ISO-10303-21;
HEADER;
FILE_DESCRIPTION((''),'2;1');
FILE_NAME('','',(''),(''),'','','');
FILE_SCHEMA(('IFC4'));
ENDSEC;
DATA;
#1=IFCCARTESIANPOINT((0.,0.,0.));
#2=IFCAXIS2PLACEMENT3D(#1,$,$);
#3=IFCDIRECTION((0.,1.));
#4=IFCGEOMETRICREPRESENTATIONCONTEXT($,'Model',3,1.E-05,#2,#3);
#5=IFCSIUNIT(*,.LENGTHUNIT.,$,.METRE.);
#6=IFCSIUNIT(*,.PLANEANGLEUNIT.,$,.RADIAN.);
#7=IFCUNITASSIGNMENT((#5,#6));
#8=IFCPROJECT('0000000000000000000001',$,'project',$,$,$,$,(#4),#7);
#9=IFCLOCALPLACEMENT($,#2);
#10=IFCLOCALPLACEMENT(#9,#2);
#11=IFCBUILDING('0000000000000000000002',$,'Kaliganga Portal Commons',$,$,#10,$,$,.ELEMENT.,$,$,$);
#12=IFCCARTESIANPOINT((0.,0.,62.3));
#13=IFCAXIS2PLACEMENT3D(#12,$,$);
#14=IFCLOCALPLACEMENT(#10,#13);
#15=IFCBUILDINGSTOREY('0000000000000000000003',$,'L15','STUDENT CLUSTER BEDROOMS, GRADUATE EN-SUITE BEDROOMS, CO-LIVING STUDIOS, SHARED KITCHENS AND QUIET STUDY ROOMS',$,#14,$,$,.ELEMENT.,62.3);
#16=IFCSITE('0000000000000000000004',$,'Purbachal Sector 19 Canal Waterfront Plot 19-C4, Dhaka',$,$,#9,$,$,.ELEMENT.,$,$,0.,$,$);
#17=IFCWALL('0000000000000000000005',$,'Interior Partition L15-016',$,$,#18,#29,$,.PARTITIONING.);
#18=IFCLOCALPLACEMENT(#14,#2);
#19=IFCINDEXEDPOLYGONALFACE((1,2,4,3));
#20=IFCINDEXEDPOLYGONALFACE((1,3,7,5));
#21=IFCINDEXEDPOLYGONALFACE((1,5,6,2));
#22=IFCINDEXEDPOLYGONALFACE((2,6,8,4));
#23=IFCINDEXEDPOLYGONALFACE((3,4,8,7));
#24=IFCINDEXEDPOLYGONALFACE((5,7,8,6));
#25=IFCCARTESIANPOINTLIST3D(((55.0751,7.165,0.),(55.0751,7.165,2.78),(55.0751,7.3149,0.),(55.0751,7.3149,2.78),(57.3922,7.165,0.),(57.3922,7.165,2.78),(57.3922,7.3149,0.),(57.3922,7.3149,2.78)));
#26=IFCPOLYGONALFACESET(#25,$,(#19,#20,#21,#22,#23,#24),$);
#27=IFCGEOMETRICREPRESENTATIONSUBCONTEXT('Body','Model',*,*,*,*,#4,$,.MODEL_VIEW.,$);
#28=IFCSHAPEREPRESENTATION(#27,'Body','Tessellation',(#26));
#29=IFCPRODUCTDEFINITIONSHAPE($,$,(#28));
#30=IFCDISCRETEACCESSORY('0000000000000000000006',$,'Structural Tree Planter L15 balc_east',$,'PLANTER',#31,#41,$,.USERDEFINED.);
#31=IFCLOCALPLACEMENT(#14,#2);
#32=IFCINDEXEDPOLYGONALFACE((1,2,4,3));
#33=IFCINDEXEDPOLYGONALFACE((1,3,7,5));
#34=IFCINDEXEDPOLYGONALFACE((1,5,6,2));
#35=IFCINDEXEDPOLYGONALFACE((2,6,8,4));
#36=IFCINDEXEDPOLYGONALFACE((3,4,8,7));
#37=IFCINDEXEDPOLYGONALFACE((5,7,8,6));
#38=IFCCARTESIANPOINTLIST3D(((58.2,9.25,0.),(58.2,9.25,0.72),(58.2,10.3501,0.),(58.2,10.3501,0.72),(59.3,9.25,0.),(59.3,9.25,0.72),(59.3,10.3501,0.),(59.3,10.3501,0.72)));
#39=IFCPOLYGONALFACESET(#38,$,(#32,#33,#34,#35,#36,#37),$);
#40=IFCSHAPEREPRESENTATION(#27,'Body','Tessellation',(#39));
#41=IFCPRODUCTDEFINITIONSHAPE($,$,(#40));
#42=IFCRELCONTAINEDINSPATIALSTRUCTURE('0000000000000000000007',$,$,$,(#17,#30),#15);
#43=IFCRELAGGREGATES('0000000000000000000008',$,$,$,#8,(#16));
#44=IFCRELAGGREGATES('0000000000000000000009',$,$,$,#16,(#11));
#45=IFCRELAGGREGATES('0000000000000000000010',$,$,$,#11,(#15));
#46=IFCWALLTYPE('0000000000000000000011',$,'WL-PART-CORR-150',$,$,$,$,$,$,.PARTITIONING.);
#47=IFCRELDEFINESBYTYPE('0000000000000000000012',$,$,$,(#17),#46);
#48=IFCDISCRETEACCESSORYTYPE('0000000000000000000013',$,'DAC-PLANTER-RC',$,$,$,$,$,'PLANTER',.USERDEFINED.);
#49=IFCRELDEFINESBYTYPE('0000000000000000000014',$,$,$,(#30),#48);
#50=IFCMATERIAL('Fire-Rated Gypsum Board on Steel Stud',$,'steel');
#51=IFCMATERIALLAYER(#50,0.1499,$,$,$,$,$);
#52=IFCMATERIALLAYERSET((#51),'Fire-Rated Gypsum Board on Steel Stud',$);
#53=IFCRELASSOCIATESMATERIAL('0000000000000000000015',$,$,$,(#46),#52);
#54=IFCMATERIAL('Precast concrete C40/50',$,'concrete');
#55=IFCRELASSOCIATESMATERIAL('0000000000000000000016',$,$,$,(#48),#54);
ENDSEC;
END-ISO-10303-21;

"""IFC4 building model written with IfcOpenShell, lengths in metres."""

from ifc_helpers import new_model, si_unit, direction, frame, frame_2d, origin, origin_2d, place, context, subcontext, project, spatial, rectangle, extrude, source, transform, mapped, material, layer, layer_set, type_object, element, save


model = new_model("IFC4")

# Units and contexts
model_context = context("Model", 3, precision=1e-05, world=origin(), true_north=direction((0.0, 1.0)))
body_context = subcontext(model_context, "Body", "Model", "MODEL_VIEW")
ifc_project = project(units=[si_unit("LENGTHUNIT", "METRE"), si_unit("PLANEANGLEUNIT", "RADIAN")], contexts=[model_context])

# Site, building, storey
site_placement = place(None, origin())
site = spatial("IfcSite", under=ifc_project, at=site_placement, Name="Purbachal Sector 19 Canal Waterfront Plot 19-C4, Dhaka", CompositionType="ELEMENT", RefElevation=0.0)
building_placement = place(site_placement, origin())
building = spatial("IfcBuilding", under=site, at=building_placement, Name="Kaliganga Portal Commons", CompositionType="ELEMENT")
storey_placement = place(building_placement, frame((0.0, 0.0, 62.3)))
storey = spatial("IfcBuildingStorey", under=building, at=storey_placement, Name="L15", Description="STUDENT CLUSTER BEDROOMS, GRADUATE EN-SUITE BEDROOMS, CO-LIVING STUDIOS, SHARED KITCHENS AND QUIET STUDY ROOMS", CompositionType="ELEMENT", Elevation=62.3)

# Shared definitions
ifc_material_1 = material(Name="Fire-Rated Gypsum Board on Steel Stud", Category="steel")
ifc_layer_1 = layer(ifc_material_1, 0.1499)
ifc_layer_set_1 = layer_set([ifc_layer_1], Name="Fire-Rated Gypsum Board on Steel Stud")
wall_type_1 = type_object("IfcWallType", Name="WL-PART-CORR-150", PredefinedType="PARTITIONING", material=ifc_layer_set_1)

# Wall
wall_1_placement = place(storey_placement, frame((55.075, 7.24, 0.0), z_axis=(0.0, 0.0, 1.0), x_axis=(1.0, 0.0, 0.0)))
element("IfcWall", 1, at=wall_1_placement, inside=storey, type_object=wall_type_1, Name="Interior Partition L15-016", PredefinedType="PARTITIONING", context=body_context, shape_type="SweptSolid", body=[
    extrude(rectangle(XDim=2.3171, YDim=0.1499, at=frame_2d((1.1587, 0.0))), origin(), (0.0, 0.0, 1.0), 2.78),
])

# Discrete accessory
ifc_material_2 = material(Name="Precast concrete C40/50", Category="concrete")
discrete_accessory_type = type_object("IfcDiscreteAccessoryType", Name="DAC-PLANTER-RC", ElementType="PLANTER", PredefinedType="USERDEFINED", material=ifc_material_2)
shared_shape_1 = source(origin(), body_context, "Body", "SweptSolid", [
    extrude(rectangle(XDim=1.1001, YDim=1.1001, at=origin_2d()), origin(), (0.0, 0.0, 1.0), 0.72),
])
discrete_accessory_placement = place(storey_placement, frame((58.75, 9.8, 0.0), z_axis=(0.0, 0.0, 1.0), x_axis=(1.0, 0.0, 0.0)))
element("IfcDiscreteAccessory", 2, at=discrete_accessory_placement, inside=storey, type_object=discrete_accessory_type, Name="Structural Tree Planter L15 balc_east", ObjectType="PLANTER", PredefinedType="USERDEFINED", context=body_context, shape_type="MappedRepresentation", body=[
    mapped(shared_shape_1, transform((0.0, 0.0, 0.0), x_axis=(1.0, 0.0, 0.0), y_axis=(0.0, 1.0, 0.0), z_axis=(0.0, 0.0, 1.0), scale=1.0)),
])

save(model, "model.ifc")
